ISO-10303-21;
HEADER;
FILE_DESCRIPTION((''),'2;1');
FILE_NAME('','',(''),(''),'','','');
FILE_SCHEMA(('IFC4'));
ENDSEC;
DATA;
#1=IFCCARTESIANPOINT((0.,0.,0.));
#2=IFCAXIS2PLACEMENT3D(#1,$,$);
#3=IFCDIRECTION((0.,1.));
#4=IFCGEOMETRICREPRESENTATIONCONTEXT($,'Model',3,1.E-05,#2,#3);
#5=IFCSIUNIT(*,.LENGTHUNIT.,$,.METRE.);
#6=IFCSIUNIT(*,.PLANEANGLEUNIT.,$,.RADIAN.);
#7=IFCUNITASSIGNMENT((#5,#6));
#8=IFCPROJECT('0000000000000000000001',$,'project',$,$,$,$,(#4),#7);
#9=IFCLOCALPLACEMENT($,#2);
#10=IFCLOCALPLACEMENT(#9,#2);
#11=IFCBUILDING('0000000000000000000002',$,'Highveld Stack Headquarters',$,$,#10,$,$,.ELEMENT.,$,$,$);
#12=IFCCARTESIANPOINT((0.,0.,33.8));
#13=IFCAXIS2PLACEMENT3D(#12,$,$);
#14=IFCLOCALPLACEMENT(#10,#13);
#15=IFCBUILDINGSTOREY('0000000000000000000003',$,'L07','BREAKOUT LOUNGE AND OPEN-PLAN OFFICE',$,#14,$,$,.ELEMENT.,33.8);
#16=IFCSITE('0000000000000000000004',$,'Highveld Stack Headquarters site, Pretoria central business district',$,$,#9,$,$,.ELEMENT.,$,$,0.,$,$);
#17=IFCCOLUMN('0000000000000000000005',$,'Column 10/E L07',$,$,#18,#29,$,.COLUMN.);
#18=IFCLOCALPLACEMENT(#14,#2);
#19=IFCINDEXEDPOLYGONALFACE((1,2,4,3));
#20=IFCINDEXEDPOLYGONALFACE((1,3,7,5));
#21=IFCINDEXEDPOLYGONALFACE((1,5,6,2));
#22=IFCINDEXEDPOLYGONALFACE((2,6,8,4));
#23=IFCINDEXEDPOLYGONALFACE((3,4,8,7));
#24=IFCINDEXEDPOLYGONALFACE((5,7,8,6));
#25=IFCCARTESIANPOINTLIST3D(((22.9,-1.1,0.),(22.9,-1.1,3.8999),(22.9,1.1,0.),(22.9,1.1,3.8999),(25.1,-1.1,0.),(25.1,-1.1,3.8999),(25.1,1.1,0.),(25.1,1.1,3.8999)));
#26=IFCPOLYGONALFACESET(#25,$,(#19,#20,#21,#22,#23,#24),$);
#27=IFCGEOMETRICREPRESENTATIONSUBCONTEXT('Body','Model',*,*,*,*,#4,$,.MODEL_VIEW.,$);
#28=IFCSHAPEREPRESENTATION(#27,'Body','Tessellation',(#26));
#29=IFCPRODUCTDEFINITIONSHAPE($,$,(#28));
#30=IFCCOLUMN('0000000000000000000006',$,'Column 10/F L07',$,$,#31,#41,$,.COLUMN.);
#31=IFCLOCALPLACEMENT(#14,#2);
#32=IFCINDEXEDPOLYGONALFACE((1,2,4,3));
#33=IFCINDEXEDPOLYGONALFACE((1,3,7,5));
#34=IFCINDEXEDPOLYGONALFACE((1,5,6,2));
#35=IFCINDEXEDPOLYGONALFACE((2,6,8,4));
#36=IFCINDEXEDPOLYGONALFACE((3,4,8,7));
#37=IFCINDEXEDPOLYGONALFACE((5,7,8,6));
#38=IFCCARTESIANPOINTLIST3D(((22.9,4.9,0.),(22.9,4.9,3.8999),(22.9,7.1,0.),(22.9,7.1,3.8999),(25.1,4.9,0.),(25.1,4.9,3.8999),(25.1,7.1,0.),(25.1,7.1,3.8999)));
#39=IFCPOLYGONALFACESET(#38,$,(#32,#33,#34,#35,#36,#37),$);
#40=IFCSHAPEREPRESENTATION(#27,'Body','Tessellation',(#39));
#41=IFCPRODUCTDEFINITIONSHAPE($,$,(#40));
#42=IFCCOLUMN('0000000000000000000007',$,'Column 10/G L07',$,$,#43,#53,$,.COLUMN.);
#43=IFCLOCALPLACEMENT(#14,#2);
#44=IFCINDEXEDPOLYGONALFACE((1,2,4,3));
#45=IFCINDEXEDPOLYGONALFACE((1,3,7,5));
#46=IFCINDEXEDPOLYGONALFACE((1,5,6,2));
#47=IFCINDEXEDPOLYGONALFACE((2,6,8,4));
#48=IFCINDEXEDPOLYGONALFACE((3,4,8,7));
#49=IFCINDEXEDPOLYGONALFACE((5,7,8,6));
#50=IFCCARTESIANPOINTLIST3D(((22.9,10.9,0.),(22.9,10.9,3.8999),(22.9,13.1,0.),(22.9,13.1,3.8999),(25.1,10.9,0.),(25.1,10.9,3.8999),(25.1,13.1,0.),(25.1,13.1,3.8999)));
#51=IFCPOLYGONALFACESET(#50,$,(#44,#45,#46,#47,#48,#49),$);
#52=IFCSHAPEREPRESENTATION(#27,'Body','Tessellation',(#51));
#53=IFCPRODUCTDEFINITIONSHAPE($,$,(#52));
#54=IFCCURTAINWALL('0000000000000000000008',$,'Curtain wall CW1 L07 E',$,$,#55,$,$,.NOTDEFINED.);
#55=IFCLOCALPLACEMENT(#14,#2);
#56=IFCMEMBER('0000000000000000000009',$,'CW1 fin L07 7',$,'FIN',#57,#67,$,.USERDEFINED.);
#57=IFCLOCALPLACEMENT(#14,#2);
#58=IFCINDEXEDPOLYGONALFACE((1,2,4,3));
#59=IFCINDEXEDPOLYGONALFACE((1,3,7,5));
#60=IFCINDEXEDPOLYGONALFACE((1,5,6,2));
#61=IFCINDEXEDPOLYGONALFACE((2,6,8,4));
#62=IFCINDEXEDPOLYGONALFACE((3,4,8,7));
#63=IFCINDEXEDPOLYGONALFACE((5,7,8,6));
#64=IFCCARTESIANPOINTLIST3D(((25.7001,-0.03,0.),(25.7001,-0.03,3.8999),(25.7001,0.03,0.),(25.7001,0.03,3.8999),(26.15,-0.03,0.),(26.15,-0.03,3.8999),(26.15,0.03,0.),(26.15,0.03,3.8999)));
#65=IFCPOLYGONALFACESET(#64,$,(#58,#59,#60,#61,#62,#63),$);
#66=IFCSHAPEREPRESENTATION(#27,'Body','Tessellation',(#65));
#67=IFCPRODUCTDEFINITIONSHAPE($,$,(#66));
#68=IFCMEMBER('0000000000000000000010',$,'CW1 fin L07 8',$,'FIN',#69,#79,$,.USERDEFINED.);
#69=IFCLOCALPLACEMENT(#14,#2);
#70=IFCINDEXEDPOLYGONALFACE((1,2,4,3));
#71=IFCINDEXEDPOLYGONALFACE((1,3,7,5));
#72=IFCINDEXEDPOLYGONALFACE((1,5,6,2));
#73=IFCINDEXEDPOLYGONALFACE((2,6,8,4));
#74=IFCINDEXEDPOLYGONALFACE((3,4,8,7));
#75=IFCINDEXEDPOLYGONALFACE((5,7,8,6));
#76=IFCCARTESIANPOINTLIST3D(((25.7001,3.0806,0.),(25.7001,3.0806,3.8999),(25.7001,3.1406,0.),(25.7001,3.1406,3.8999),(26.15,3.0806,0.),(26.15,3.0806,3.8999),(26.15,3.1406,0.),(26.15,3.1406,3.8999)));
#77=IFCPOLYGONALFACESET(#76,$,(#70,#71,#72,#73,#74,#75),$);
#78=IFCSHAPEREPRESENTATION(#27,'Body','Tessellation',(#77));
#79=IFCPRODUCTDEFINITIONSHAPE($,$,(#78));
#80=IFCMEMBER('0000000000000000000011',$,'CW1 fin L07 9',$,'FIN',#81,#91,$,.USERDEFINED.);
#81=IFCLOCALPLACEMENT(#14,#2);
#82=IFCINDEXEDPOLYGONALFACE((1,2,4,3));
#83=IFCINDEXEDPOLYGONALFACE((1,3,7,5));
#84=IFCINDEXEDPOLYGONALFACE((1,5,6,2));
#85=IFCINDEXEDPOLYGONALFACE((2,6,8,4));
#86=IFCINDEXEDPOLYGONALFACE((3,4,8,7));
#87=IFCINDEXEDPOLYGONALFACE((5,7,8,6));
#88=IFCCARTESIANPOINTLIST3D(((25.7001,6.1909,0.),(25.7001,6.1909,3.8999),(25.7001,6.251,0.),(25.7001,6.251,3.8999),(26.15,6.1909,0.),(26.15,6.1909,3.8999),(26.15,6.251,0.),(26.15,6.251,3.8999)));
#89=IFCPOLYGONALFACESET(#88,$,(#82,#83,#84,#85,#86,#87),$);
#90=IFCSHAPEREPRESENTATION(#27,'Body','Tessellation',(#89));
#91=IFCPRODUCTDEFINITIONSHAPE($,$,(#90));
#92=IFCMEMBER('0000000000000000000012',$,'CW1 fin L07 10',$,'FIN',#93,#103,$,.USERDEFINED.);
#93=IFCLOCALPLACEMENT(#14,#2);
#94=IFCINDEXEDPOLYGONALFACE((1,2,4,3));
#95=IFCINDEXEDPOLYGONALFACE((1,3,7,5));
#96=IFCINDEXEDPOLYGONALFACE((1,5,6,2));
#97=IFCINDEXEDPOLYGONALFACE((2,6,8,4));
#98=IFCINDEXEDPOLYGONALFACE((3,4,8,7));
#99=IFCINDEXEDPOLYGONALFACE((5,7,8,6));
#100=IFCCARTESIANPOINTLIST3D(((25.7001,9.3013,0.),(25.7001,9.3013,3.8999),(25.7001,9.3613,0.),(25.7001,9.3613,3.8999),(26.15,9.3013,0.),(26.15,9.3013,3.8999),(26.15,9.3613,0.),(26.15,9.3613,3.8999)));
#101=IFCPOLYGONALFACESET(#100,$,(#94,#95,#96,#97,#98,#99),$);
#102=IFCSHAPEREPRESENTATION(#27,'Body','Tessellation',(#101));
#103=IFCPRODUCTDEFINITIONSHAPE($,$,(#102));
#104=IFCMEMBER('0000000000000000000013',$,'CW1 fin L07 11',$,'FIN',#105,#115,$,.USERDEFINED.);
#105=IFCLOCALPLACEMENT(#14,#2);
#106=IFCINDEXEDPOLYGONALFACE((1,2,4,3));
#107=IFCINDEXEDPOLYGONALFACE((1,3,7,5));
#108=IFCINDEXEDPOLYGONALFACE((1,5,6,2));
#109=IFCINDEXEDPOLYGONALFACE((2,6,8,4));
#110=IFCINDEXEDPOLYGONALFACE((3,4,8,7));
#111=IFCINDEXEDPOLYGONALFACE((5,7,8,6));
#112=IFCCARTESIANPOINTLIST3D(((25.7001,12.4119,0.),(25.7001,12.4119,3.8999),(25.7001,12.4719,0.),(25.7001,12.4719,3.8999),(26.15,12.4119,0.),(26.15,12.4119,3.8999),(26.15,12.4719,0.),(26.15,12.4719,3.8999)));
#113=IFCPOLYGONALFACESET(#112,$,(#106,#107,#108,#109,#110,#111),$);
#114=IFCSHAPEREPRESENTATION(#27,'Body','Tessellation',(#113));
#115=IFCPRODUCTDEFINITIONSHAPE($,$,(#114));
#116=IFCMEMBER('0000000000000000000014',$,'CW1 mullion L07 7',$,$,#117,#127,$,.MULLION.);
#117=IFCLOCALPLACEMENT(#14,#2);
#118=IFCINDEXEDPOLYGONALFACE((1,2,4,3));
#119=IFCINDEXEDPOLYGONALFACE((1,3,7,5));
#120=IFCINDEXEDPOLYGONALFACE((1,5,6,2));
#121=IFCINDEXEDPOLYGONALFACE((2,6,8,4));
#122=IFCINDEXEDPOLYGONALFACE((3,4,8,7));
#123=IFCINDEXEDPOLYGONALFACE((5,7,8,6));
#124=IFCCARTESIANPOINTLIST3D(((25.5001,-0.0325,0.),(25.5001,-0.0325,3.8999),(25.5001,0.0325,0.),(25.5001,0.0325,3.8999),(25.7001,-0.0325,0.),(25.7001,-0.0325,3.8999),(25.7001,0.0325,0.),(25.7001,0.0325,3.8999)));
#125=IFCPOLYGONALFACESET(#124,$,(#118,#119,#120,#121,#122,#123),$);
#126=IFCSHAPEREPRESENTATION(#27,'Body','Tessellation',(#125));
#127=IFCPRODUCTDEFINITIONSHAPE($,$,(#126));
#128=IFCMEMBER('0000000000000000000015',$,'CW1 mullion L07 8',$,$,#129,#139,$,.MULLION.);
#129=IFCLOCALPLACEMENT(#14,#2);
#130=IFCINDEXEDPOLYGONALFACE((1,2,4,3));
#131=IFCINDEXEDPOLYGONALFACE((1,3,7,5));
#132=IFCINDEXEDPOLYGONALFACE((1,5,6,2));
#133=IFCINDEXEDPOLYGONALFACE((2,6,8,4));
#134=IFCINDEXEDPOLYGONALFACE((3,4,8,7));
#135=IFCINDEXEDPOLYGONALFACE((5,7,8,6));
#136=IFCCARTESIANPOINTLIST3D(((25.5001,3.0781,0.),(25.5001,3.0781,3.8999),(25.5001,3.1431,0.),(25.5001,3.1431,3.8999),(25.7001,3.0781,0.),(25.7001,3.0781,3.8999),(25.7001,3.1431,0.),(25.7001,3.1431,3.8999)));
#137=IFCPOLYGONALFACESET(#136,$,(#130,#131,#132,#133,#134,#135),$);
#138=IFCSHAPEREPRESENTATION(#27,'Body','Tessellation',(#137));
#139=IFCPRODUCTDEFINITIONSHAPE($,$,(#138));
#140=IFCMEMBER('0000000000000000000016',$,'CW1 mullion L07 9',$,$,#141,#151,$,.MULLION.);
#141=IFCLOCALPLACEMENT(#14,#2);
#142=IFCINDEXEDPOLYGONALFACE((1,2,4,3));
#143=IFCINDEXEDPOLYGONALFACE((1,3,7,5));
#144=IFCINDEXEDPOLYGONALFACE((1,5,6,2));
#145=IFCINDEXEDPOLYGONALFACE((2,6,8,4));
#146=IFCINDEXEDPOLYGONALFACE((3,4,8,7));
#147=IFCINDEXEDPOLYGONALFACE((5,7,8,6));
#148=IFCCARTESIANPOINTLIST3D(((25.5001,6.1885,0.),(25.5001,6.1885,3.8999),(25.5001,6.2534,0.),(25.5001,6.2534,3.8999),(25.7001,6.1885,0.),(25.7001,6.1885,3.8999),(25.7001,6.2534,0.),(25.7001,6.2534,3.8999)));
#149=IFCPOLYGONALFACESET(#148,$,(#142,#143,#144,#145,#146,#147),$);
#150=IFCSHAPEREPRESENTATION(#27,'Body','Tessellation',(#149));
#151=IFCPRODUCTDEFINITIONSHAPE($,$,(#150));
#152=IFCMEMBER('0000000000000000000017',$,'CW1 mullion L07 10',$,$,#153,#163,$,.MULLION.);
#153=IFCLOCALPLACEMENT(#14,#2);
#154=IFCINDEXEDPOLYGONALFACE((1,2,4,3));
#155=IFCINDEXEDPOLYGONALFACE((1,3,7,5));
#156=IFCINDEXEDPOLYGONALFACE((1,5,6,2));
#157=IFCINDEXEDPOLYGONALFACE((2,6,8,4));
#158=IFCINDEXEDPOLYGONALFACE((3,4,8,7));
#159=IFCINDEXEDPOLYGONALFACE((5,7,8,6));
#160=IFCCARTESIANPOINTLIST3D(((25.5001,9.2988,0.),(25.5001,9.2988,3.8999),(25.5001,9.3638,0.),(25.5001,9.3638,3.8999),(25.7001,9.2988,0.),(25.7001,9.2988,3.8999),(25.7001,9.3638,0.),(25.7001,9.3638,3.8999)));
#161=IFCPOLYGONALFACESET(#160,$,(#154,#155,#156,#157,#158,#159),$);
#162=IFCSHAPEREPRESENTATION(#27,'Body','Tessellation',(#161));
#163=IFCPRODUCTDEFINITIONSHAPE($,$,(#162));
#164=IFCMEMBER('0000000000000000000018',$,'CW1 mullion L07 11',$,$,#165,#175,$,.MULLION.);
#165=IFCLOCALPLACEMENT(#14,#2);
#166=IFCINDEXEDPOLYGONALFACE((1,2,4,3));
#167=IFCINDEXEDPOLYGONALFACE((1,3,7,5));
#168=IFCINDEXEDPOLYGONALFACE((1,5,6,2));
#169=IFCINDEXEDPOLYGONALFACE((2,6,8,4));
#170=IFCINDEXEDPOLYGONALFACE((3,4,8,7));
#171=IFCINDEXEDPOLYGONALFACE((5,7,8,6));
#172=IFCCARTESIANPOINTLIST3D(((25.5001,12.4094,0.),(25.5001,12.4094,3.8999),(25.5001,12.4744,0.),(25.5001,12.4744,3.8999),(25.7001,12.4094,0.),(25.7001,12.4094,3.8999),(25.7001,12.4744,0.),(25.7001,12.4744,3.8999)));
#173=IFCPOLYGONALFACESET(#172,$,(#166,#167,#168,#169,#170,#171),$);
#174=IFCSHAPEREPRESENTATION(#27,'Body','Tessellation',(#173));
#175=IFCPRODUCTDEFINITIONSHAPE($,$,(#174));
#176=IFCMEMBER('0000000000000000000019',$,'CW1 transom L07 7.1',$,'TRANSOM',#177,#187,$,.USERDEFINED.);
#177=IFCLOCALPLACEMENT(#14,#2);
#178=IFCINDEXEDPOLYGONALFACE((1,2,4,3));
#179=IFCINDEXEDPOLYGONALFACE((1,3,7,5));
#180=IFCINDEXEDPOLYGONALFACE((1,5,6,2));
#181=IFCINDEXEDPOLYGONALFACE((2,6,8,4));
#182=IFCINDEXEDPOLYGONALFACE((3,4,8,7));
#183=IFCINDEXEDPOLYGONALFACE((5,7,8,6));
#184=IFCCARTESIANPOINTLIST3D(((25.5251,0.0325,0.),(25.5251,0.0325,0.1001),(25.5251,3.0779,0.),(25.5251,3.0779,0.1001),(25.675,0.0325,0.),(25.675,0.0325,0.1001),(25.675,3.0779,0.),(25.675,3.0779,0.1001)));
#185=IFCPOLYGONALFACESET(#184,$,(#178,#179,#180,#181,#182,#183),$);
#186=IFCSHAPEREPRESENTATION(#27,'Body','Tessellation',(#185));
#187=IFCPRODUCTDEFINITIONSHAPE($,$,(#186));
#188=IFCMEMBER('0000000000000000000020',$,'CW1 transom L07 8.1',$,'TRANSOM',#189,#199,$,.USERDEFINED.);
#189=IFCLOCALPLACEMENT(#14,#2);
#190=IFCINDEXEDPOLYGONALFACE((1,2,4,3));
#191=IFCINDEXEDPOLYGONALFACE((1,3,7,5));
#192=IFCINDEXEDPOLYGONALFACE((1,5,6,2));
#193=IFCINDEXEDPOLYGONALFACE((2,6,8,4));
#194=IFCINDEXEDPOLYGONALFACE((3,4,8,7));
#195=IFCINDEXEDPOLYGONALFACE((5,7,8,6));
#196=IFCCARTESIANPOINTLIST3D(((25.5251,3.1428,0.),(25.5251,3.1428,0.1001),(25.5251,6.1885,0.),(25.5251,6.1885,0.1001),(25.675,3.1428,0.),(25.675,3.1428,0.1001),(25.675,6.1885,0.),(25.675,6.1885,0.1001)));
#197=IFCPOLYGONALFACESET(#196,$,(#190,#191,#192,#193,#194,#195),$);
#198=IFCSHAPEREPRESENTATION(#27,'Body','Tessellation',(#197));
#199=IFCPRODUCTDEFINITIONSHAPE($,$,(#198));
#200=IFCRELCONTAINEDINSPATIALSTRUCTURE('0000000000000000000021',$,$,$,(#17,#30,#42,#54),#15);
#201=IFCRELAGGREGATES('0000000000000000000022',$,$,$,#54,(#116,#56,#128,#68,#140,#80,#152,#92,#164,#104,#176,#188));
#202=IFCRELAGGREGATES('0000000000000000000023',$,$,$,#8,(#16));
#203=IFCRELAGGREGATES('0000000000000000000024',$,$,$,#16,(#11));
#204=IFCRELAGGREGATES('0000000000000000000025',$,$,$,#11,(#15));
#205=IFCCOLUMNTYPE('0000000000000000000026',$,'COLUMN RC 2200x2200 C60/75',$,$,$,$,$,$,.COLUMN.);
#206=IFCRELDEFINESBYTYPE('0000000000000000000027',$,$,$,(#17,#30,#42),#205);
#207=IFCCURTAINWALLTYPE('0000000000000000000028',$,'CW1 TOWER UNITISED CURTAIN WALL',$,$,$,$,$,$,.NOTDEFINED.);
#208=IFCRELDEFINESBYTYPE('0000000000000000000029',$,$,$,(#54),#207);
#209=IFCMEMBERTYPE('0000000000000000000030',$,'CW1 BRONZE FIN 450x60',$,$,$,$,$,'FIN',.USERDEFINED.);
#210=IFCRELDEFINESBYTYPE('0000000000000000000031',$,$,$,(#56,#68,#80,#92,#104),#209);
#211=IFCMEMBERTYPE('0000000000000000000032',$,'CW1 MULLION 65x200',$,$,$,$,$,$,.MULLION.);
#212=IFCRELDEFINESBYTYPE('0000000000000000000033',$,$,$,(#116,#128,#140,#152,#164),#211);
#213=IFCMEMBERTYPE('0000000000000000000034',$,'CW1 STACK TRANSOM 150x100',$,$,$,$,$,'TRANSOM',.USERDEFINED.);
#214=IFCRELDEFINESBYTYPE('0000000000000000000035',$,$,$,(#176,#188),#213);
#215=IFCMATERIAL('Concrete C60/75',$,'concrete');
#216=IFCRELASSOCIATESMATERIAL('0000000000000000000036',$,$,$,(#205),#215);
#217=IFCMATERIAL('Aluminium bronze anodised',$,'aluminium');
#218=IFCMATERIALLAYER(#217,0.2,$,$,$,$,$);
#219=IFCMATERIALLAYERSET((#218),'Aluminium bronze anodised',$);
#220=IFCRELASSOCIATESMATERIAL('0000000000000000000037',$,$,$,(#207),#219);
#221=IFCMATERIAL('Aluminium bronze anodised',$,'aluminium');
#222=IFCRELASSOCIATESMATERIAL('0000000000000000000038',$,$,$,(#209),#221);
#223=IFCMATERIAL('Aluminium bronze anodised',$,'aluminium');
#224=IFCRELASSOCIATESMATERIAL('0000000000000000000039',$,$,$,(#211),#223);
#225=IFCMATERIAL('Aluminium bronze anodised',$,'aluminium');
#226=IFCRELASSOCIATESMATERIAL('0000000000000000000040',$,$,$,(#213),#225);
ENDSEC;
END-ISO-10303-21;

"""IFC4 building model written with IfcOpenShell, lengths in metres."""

from ifc_helpers import new_model, si_unit, direction, frame, origin, origin_2d, place, context, subcontext, project, spatial, rectangle, extrude, material, layer, layer_set, material_profile, profile_set, type_object, element, aggregate, save


model = new_model("IFC4")

# Units and contexts
model_context = context("Model", 3, precision=1e-05, world=origin(), true_north=direction((0.0, 1.0)))
body_context = subcontext(model_context, "Body", "Model", "MODEL_VIEW")
ifc_project = project(units=[si_unit("LENGTHUNIT", "METRE"), si_unit("PLANEANGLEUNIT", "RADIAN")], contexts=[model_context])

# Site, building, storey
site_placement = place(None, origin())
site = spatial("IfcSite", under=ifc_project, at=site_placement, Name="Highveld Stack Headquarters site, Pretoria central business district", CompositionType="ELEMENT", RefElevation=0.0)
building_placement = place(site_placement, origin())
building = spatial("IfcBuilding", under=site, at=building_placement, Name="Highveld Stack Headquarters", CompositionType="ELEMENT")
storey_placement = place(building_placement, frame((0.0, 0.0, 33.8)))
storey = spatial("IfcBuildingStorey", under=building, at=storey_placement, Name="L07", Description="BREAKOUT LOUNGE AND OPEN-PLAN OFFICE", CompositionType="ELEMENT", Elevation=33.8)

# Columns
ifc_material_1 = material(Name="Concrete C60/75", Category="concrete")
ifc_material_profile_1 = material_profile(ifc_material_1, rectangle(XDim=2.2, YDim=2.2, at=origin_2d()), Name="RC 2200x2200")
ifc_profile_set_1 = profile_set([ifc_material_profile_1], Name="Concrete C60/75")
column_type = type_object("IfcColumnType", Name="COLUMN RC 2200x2200 C60/75", PredefinedType="COLUMN", material=ifc_profile_set_1)
for number, where, z_axis, x_axis, name in (
    (1, (24.0, 0.0, 0.0), (0.0, 0.0, 1.0), (1.0, 0.0, 0.0), "Column 10/E L07"),
    (2, (24.0, 6.0, 0.0), (0.0, 0.0, 1.0), (1.0, 0.0, 0.0), "Column 10/F L07"),
    (3, (24.0, 12.0, 0.0), (0.0, 0.0, 1.0), (1.0, 0.0, 0.0), "Column 10/G L07"),
):
    element("IfcColumn", number, at=place(storey_placement, frame(where, z_axis=z_axis, x_axis=x_axis)), inside=storey, type_object=column_type, Name=name, PredefinedType="COLUMN", context=body_context, shape_type="SweptSolid", body=[
        extrude(rectangle(XDim=2.2, YDim=2.2, at=origin_2d()), origin(), (0.0, 0.0, 1.0), 3.8999),
    ])

# Curtain wall, members
ifc_material_2 = material(Name="Aluminium bronze anodised", Category="aluminium")
ifc_layer_1 = layer(ifc_material_2, 0.2)
ifc_layer_set_1 = layer_set([ifc_layer_1], Name="Aluminium bronze anodised")
curtain_wall_type = type_object("IfcCurtainWallType", Name="CW1 TOWER UNITISED CURTAIN WALL", PredefinedType="NOTDEFINED", material=ifc_layer_set_1)
curtain_wall_placement = place(storey_placement, origin())
curtain_wall = element("IfcCurtainWall", 4, at=curtain_wall_placement, inside=storey, type_object=curtain_wall_type, Name="Curtain wall CW1 L07 E", PredefinedType="NOTDEFINED")
ifc_material_3 = material(Name="Aluminium bronze anodised", Category="aluminium")
ifc_material_profile_2 = material_profile(ifc_material_3, rectangle(XDim=0.45, YDim=0.0601, at=origin_2d()), Name="FIN 450x60")
ifc_profile_set_2 = profile_set([ifc_material_profile_2], Name="Aluminium bronze anodised")
member_type_1 = type_object("IfcMemberType", Name="CW1 BRONZE FIN 450x60", ElementType="FIN", PredefinedType="USERDEFINED", material=ifc_profile_set_2)
member_1_placement = place(storey_placement, frame((25.925, 0.0, 0.0), z_axis=(0.0, 0.0, 1.0), x_axis=(-1.0, 0.0, 0.0)))
member_1 = element("IfcMember", 5, at=member_1_placement, type_object=member_type_1, Name="CW1 fin L07 7", ObjectType="FIN", PredefinedType="USERDEFINED", context=body_context, shape_type="SweptSolid", body=[
    extrude(rectangle(XDim=0.45, YDim=0.0601, at=origin_2d()), origin(), (0.0, 0.0, 1.0), 3.8999),
])
member_2_placement = place(storey_placement, frame((25.925, 3.1106, 0.0), z_axis=(0.0, 0.0, 1.0), x_axis=(-1.0, 0.0, 0.0)))
member_2 = element("IfcMember", 6, at=member_2_placement, type_object=member_type_1, Name="CW1 fin L07 8", ObjectType="FIN", PredefinedType="USERDEFINED", context=body_context, shape_type="SweptSolid", body=[
    extrude(rectangle(XDim=0.45, YDim=0.0601, at=origin_2d()), origin(), (0.0, 0.0, 1.0), 3.8999),
])
member_3_placement = place(storey_placement, frame((25.925, 6.2209, 0.0), z_axis=(0.0, 0.0, 1.0), x_axis=(-1.0, 0.0, 0.0)))
member_3 = element("IfcMember", 7, at=member_3_placement, type_object=member_type_1, Name="CW1 fin L07 9", ObjectType="FIN", PredefinedType="USERDEFINED", context=body_context, shape_type="SweptSolid", body=[
    extrude(rectangle(XDim=0.45, YDim=0.0601, at=origin_2d()), origin(), (0.0, 0.0, 1.0), 3.8999),
])
member_4_placement = place(storey_placement, frame((25.925, 9.3313, 0.0), z_axis=(0.0, 0.0, 1.0), x_axis=(-1.0, 0.0, 0.0)))
member_4 = element("IfcMember", 8, at=member_4_placement, type_object=member_type_1, Name="CW1 fin L07 10", ObjectType="FIN", PredefinedType="USERDEFINED", context=body_context, shape_type="SweptSolid", body=[
    extrude(rectangle(XDim=0.45, YDim=0.0601, at=origin_2d()), origin(), (0.0, 0.0, 1.0), 3.8999),
])
member_5_placement = place(storey_placement, frame((25.925, 12.4419, 0.0), z_axis=(0.0, 0.0, 1.0), x_axis=(-1.0, 0.0, 0.0)))
member_5 = element("IfcMember", 9, at=member_5_placement, type_object=member_type_1, Name="CW1 fin L07 11", ObjectType="FIN", PredefinedType="USERDEFINED", context=body_context, shape_type="SweptSolid", body=[
    extrude(rectangle(XDim=0.45, YDim=0.0601, at=origin_2d()), origin(), (0.0, 0.0, 1.0), 3.8999),
])
ifc_material_4 = material(Name="Aluminium bronze anodised", Category="aluminium")
ifc_material_profile_3 = material_profile(ifc_material_4, rectangle(XDim=0.2, YDim=0.0649, at=origin_2d()), Name="CW1 MULLION 65x200")
ifc_profile_set_3 = profile_set([ifc_material_profile_3], Name="Aluminium bronze anodised")
member_type_2 = type_object("IfcMemberType", Name="CW1 MULLION 65x200", PredefinedType="MULLION", material=ifc_profile_set_3)
member_6_placement = place(storey_placement, frame((25.6001, 0.0, 0.0), z_axis=(0.0, 0.0, 1.0), x_axis=(-1.0, 0.0, 0.0)))
member_6 = element("IfcMember", 10, at=member_6_placement, type_object=member_type_2, Name="CW1 mullion L07 7", PredefinedType="MULLION", context=body_context, shape_type="SweptSolid", body=[
    extrude(rectangle(XDim=0.2, YDim=0.0649, at=origin_2d()), origin(), (0.0, 0.0, 1.0), 3.8999),
])
member_7_placement = place(storey_placement, frame((25.6001, 3.1106, 0.0), z_axis=(0.0, 0.0, 1.0), x_axis=(-1.0, 0.0, 0.0)))
member_7 = element("IfcMember", 11, at=member_7_placement, type_object=member_type_2, Name="CW1 mullion L07 8", PredefinedType="MULLION", context=body_context, shape_type="SweptSolid", body=[
    extrude(rectangle(XDim=0.2, YDim=0.0649, at=origin_2d()), origin(), (0.0, 0.0, 1.0), 3.8999),
])
member_8_placement = place(storey_placement, frame((25.6001, 6.2209, 0.0), z_axis=(0.0, 0.0, 1.0), x_axis=(-1.0, 0.0, 0.0)))
member_8 = element("IfcMember", 12, at=member_8_placement, type_object=member_type_2, Name="CW1 mullion L07 9", PredefinedType="MULLION", context=body_context, shape_type="SweptSolid", body=[
    extrude(rectangle(XDim=0.2, YDim=0.0649, at=origin_2d()), origin(), (0.0, 0.0, 1.0), 3.8999),
])
member_9_placement = place(storey_placement, frame((25.6001, 9.3313, 0.0), z_axis=(0.0, 0.0, 1.0), x_axis=(-1.0, 0.0, 0.0)))
member_9 = element("IfcMember", 13, at=member_9_placement, type_object=member_type_2, Name="CW1 mullion L07 10", PredefinedType="MULLION", context=body_context, shape_type="SweptSolid", body=[
    extrude(rectangle(XDim=0.2, YDim=0.0649, at=origin_2d()), origin(), (0.0, 0.0, 1.0), 3.8999),
])
member_10_placement = place(storey_placement, frame((25.6001, 12.4419, 0.0), z_axis=(0.0, 0.0, 1.0), x_axis=(-1.0, 0.0, 0.0)))
member_10 = element("IfcMember", 14, at=member_10_placement, type_object=member_type_2, Name="CW1 mullion L07 11", PredefinedType="MULLION", context=body_context, shape_type="SweptSolid", body=[
    extrude(rectangle(XDim=0.2, YDim=0.0649, at=origin_2d()), origin(), (0.0, 0.0, 1.0), 3.8999),
])
ifc_material_5 = material(Name="Aluminium bronze anodised", Category="aluminium")
ifc_material_profile_4 = material_profile(ifc_material_5, rectangle(XDim=0.1499, YDim=0.1001, at=origin_2d()), Name="CW1 TRANSOM 150x100")
ifc_profile_set_4 = profile_set([ifc_material_profile_4], Name="Aluminium bronze anodised")
member_type_3 = type_object("IfcMemberType", Name="CW1 STACK TRANSOM 150x100", ElementType="TRANSOM", PredefinedType="USERDEFINED", material=ifc_profile_set_4)
member_11_placement = place(storey_placement, frame((25.6001, 0.0325, 0.05), z_axis=(0.0, 1.0, 0.0), x_axis=(-1.0, 0.0, 0.0)))
member_11 = element("IfcMember", 15, at=member_11_placement, type_object=member_type_3, Name="CW1 transom L07 7.1", ObjectType="TRANSOM", PredefinedType="USERDEFINED", context=body_context, shape_type="SweptSolid", body=[
    extrude(rectangle(XDim=0.1499, YDim=0.1001, at=origin_2d()), origin(), (0.0, 0.0, 1.0), 3.0454),
])
member_12_placement = place(storey_placement, frame((25.6001, 3.1428, 0.05), z_axis=(0.0, 1.0, 0.0), x_axis=(-1.0, 0.0, 0.0)))
member_12 = element("IfcMember", 16, at=member_12_placement, type_object=member_type_3, Name="CW1 transom L07 8.1", ObjectType="TRANSOM", PredefinedType="USERDEFINED", context=body_context, shape_type="SweptSolid", body=[
    extrude(rectangle(XDim=0.1499, YDim=0.1001, at=origin_2d()), origin(), (0.0, 0.0, 1.0), 3.0457),
])
aggregate(curtain_wall, [member_6, member_1, member_7, member_2, member_8, member_3, member_9, member_4, member_10, member_5, member_11, member_12])

save(model, "model.ifc")
